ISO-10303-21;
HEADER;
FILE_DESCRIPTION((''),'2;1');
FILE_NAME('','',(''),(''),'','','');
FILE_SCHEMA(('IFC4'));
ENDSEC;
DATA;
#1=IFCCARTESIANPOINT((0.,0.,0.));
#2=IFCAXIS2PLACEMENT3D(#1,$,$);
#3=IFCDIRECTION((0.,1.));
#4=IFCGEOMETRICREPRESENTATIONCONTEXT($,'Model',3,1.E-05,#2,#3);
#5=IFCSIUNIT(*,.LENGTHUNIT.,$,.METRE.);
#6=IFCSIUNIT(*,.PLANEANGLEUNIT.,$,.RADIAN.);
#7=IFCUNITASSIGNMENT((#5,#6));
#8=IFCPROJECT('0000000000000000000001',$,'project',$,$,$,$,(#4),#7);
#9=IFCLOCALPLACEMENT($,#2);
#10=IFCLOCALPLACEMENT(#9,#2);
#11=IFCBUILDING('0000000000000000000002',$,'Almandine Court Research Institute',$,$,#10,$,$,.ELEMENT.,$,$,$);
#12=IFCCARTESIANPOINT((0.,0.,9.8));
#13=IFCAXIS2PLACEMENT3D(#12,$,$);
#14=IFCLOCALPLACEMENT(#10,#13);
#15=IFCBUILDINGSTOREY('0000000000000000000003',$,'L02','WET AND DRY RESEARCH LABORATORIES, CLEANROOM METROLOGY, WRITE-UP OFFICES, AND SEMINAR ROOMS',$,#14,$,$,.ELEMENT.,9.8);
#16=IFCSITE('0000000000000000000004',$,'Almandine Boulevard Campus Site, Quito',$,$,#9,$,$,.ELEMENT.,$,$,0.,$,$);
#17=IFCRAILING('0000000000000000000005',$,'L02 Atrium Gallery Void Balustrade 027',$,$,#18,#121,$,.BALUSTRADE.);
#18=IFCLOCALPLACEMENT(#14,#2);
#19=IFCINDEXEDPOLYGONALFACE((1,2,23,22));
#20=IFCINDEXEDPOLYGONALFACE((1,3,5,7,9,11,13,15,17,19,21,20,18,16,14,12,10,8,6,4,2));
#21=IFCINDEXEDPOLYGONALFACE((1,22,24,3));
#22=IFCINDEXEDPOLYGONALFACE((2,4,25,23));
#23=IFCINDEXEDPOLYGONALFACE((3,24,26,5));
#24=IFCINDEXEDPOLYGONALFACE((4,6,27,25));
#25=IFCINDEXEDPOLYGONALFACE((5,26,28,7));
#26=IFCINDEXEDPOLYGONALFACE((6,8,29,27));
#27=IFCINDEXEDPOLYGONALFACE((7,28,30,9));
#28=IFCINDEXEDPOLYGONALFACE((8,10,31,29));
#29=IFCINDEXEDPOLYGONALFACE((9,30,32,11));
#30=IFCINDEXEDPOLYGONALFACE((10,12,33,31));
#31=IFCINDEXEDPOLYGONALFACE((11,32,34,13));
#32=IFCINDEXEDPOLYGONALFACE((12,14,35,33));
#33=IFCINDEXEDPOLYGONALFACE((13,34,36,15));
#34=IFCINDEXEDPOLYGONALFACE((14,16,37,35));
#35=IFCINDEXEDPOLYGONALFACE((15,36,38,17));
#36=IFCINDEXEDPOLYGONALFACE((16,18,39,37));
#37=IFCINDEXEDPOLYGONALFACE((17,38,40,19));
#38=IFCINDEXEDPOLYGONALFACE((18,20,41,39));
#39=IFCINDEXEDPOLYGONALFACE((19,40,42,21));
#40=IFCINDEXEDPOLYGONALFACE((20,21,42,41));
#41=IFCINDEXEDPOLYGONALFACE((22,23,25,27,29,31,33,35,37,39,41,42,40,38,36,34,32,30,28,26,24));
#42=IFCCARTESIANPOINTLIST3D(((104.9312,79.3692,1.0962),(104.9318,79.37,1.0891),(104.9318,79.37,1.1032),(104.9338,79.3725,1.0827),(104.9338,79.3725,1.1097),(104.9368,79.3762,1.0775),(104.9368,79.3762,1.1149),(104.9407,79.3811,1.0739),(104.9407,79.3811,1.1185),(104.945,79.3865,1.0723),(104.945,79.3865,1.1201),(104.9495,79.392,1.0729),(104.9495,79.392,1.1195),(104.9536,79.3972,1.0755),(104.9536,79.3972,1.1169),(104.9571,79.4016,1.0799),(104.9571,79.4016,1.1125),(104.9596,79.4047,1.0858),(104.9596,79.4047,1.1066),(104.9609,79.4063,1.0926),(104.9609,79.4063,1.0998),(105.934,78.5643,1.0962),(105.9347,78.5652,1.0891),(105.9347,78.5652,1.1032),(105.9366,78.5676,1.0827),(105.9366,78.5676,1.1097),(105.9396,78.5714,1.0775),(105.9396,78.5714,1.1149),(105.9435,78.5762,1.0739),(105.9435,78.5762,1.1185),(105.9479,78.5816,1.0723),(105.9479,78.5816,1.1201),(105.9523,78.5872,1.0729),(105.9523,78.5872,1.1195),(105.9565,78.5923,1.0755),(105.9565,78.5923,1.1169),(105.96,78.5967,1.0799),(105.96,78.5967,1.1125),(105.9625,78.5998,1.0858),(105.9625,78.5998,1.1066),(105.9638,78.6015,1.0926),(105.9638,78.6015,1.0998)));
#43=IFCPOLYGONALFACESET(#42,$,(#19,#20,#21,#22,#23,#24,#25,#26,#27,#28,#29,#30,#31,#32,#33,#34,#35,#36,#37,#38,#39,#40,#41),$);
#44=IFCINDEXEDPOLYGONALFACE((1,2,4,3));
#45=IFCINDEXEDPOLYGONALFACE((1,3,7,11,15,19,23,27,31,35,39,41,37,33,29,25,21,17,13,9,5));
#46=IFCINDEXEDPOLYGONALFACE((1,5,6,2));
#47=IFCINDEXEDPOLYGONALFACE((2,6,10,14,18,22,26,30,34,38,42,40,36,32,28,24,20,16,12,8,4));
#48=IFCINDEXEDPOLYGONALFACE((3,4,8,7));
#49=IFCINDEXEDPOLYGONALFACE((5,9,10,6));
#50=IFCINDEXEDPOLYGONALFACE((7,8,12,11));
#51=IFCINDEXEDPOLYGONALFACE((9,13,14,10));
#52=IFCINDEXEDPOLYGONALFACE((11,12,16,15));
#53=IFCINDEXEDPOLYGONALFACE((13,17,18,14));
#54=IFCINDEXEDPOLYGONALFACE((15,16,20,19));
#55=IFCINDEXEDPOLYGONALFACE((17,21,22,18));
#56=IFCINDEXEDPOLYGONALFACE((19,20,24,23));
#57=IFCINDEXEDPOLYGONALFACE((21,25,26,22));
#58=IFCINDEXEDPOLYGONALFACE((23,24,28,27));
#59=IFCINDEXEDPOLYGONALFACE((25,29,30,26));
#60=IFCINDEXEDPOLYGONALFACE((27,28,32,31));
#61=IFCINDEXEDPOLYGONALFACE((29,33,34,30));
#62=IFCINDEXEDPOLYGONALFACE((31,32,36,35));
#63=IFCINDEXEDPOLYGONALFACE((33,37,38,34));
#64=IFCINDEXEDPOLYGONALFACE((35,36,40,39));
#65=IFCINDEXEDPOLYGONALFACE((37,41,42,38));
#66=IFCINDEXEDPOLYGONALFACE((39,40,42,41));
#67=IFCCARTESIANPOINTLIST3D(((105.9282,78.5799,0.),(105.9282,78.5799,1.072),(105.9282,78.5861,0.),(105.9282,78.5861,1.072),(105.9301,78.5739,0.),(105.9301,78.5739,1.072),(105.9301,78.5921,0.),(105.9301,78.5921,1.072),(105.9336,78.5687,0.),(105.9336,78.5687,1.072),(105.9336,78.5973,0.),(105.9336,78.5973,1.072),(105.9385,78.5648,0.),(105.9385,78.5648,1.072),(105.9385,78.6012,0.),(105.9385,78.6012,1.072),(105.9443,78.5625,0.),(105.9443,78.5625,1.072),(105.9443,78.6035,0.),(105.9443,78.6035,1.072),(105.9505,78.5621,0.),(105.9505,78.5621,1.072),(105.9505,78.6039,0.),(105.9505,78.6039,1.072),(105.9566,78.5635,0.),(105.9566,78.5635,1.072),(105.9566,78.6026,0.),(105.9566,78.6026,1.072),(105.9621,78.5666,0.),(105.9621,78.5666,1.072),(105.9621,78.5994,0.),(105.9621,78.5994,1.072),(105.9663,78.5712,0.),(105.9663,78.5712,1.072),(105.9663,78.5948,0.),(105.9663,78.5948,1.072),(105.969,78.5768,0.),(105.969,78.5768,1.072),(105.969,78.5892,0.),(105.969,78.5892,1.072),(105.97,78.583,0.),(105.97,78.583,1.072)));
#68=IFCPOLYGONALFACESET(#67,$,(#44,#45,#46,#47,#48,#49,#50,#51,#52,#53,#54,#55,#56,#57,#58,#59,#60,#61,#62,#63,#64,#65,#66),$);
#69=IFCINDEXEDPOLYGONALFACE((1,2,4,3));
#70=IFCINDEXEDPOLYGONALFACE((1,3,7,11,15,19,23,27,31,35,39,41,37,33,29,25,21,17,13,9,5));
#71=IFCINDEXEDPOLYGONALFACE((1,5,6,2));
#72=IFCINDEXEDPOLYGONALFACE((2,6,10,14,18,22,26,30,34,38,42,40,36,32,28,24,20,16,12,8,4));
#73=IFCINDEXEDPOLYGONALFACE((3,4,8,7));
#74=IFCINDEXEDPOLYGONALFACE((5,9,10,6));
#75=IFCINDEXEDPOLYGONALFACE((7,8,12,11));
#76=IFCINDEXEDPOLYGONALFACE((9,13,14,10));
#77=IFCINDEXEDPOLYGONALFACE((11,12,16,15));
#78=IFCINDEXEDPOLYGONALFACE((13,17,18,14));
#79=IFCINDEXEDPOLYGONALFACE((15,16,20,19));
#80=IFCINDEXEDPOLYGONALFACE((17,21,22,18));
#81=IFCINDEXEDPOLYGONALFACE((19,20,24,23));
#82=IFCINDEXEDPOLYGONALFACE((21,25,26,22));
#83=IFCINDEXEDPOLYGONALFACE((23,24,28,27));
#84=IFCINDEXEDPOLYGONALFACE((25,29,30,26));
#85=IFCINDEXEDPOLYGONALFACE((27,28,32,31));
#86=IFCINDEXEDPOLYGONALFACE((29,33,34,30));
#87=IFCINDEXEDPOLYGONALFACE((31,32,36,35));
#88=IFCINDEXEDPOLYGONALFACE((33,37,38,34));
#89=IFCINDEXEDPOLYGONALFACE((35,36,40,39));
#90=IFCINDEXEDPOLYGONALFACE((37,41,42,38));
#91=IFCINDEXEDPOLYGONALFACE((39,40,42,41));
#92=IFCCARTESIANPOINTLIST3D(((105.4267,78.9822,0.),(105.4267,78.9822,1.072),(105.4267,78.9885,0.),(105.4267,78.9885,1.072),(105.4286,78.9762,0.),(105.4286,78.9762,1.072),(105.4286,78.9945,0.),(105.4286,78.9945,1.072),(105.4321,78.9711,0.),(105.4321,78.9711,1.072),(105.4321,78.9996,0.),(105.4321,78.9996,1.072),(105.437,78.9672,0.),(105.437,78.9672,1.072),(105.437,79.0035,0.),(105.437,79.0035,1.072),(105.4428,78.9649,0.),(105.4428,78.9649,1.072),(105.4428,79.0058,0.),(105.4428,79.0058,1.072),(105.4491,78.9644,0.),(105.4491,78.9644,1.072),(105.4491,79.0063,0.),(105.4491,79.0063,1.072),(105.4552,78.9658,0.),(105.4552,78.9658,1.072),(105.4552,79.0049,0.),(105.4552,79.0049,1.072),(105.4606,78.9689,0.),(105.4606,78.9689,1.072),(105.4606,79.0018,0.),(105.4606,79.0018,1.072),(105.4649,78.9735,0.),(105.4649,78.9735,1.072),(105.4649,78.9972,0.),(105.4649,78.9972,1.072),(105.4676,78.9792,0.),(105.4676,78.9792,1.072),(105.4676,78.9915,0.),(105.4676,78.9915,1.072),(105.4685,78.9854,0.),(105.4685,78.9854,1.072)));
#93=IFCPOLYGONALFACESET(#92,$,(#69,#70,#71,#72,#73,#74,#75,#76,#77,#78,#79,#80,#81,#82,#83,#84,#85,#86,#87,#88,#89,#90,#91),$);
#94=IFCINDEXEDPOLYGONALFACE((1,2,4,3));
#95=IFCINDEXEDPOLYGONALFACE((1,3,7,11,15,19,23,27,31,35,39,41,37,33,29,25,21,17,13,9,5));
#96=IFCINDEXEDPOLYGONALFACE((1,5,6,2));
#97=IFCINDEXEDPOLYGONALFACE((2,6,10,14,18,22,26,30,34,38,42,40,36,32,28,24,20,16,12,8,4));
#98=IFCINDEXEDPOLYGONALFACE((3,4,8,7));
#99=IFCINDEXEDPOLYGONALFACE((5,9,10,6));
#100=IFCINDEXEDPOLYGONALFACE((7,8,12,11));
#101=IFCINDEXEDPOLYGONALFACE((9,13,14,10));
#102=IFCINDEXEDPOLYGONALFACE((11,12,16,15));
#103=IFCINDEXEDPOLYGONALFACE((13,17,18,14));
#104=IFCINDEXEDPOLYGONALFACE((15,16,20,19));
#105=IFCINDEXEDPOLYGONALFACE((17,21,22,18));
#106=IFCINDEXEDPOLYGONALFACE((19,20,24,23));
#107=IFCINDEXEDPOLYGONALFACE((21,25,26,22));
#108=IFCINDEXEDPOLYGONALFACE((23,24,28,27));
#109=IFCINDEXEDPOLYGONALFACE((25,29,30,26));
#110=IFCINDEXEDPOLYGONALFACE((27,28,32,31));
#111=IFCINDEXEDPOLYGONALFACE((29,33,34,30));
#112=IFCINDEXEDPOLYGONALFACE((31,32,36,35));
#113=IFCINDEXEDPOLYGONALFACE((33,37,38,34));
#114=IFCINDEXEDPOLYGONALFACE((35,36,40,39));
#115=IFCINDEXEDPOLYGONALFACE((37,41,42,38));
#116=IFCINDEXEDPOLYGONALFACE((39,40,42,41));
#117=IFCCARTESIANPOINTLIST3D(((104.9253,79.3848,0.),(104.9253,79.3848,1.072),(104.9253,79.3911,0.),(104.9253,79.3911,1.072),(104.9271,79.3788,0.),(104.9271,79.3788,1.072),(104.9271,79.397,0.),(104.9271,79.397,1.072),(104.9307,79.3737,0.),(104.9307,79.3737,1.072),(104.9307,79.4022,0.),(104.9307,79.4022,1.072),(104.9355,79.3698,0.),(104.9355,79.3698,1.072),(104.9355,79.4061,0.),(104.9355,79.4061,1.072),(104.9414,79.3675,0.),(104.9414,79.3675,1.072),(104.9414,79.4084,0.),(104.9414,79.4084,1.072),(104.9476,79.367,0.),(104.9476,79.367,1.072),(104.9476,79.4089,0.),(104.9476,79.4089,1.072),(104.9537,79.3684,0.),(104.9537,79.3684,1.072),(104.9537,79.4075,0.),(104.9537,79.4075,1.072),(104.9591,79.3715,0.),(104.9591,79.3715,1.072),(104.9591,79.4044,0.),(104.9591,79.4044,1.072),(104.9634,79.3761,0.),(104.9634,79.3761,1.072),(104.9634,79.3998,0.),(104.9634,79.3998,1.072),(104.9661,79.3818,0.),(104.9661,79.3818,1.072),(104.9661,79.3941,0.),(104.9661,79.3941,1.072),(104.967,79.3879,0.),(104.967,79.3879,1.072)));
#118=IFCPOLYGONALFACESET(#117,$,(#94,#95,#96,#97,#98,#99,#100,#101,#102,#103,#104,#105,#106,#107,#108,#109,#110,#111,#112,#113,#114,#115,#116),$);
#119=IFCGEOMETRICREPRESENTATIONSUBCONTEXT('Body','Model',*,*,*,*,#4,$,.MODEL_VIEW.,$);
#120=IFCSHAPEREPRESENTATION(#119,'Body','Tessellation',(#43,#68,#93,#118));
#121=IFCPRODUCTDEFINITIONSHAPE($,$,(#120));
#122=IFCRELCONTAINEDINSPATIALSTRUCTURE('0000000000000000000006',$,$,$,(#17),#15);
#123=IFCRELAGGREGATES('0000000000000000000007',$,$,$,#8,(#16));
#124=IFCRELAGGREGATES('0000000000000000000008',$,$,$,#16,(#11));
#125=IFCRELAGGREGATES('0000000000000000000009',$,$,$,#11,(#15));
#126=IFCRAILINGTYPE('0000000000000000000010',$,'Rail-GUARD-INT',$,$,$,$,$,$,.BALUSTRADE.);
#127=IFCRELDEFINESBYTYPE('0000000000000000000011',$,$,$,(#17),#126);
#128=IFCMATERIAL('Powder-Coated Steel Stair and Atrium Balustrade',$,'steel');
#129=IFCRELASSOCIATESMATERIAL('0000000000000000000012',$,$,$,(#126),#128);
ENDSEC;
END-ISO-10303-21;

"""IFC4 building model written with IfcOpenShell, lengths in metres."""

from ifc_helpers import new_model, si_unit, direction, frame, origin, origin_2d, place, context, subcontext, project, spatial, circle, extrude, material, type_object, element, save


model = new_model("IFC4")

# Units and contexts
model_context = context("Model", 3, precision=1e-05, world=origin(), true_north=direction((0.0, 1.0)))
body_context = subcontext(model_context, "Body", "Model", "MODEL_VIEW")
ifc_project = project(units=[si_unit("LENGTHUNIT", "METRE"), si_unit("PLANEANGLEUNIT", "RADIAN")], contexts=[model_context])

# Site, building, storey
site_placement = place(None, origin())
site = spatial("IfcSite", under=ifc_project, at=site_placement, Name="Almandine Boulevard Campus Site, Quito", CompositionType="ELEMENT", RefElevation=0.0)
building_placement = place(site_placement, origin())
building = spatial("IfcBuilding", under=site, at=building_placement, Name="Almandine Court Research Institute", CompositionType="ELEMENT")
storey_placement = place(building_placement, frame((0.0, 0.0, 9.8)))
storey = spatial("IfcBuildingStorey", under=building, at=storey_placement, Name="L02", Description="WET AND DRY RESEARCH LABORATORIES, CLEANROOM METROLOGY, WRITE-UP OFFICES, AND SEMINAR ROOMS", CompositionType="ELEMENT", Elevation=9.8)

# Railing
ifc_material_1 = material(Name="Powder-Coated Steel Stair and Atrium Balustrade", Category="steel")
railing_type = type_object("IfcRailingType", Name="Rail-GUARD-INT", PredefinedType="BALUSTRADE", material=ifc_material_1)
railing_1_placement = place(storey_placement, frame((105.949, 78.583, 0.0)))
element("IfcRailing", 1, at=railing_1_placement, inside=storey, type_object=railing_type, Name="L02 Atrium Gallery Void Balustrade 027", PredefinedType="BALUSTRADE", context=body_context, shape_type="SweptSolid", body=[
    extrude(circle(Radius=0.0239, at=origin_2d()), frame((0.0, 0.0, 1.0962), z_axis=(-0.779886, 0.625921, 0.0), x_axis=(-0.625921, -0.779886, 0.0)), (0.0, 0.0, 1.0), 1.2859),
    extrude(circle(Radius=0.021, at=origin_2d()), origin(), (0.0, 0.0, 1.0), 1.072),
    extrude(circle(Radius=0.021, at=origin_2d()), frame((-0.5015, 0.4023, 0.0)), (0.0, 0.0, 1.0), 1.072),
    extrude(circle(Radius=0.021, at=origin_2d()), frame((-1.0029, 0.8049, 0.0)), (0.0, 0.0, 1.0), 1.072),
])

save(model, "model.ifc")
